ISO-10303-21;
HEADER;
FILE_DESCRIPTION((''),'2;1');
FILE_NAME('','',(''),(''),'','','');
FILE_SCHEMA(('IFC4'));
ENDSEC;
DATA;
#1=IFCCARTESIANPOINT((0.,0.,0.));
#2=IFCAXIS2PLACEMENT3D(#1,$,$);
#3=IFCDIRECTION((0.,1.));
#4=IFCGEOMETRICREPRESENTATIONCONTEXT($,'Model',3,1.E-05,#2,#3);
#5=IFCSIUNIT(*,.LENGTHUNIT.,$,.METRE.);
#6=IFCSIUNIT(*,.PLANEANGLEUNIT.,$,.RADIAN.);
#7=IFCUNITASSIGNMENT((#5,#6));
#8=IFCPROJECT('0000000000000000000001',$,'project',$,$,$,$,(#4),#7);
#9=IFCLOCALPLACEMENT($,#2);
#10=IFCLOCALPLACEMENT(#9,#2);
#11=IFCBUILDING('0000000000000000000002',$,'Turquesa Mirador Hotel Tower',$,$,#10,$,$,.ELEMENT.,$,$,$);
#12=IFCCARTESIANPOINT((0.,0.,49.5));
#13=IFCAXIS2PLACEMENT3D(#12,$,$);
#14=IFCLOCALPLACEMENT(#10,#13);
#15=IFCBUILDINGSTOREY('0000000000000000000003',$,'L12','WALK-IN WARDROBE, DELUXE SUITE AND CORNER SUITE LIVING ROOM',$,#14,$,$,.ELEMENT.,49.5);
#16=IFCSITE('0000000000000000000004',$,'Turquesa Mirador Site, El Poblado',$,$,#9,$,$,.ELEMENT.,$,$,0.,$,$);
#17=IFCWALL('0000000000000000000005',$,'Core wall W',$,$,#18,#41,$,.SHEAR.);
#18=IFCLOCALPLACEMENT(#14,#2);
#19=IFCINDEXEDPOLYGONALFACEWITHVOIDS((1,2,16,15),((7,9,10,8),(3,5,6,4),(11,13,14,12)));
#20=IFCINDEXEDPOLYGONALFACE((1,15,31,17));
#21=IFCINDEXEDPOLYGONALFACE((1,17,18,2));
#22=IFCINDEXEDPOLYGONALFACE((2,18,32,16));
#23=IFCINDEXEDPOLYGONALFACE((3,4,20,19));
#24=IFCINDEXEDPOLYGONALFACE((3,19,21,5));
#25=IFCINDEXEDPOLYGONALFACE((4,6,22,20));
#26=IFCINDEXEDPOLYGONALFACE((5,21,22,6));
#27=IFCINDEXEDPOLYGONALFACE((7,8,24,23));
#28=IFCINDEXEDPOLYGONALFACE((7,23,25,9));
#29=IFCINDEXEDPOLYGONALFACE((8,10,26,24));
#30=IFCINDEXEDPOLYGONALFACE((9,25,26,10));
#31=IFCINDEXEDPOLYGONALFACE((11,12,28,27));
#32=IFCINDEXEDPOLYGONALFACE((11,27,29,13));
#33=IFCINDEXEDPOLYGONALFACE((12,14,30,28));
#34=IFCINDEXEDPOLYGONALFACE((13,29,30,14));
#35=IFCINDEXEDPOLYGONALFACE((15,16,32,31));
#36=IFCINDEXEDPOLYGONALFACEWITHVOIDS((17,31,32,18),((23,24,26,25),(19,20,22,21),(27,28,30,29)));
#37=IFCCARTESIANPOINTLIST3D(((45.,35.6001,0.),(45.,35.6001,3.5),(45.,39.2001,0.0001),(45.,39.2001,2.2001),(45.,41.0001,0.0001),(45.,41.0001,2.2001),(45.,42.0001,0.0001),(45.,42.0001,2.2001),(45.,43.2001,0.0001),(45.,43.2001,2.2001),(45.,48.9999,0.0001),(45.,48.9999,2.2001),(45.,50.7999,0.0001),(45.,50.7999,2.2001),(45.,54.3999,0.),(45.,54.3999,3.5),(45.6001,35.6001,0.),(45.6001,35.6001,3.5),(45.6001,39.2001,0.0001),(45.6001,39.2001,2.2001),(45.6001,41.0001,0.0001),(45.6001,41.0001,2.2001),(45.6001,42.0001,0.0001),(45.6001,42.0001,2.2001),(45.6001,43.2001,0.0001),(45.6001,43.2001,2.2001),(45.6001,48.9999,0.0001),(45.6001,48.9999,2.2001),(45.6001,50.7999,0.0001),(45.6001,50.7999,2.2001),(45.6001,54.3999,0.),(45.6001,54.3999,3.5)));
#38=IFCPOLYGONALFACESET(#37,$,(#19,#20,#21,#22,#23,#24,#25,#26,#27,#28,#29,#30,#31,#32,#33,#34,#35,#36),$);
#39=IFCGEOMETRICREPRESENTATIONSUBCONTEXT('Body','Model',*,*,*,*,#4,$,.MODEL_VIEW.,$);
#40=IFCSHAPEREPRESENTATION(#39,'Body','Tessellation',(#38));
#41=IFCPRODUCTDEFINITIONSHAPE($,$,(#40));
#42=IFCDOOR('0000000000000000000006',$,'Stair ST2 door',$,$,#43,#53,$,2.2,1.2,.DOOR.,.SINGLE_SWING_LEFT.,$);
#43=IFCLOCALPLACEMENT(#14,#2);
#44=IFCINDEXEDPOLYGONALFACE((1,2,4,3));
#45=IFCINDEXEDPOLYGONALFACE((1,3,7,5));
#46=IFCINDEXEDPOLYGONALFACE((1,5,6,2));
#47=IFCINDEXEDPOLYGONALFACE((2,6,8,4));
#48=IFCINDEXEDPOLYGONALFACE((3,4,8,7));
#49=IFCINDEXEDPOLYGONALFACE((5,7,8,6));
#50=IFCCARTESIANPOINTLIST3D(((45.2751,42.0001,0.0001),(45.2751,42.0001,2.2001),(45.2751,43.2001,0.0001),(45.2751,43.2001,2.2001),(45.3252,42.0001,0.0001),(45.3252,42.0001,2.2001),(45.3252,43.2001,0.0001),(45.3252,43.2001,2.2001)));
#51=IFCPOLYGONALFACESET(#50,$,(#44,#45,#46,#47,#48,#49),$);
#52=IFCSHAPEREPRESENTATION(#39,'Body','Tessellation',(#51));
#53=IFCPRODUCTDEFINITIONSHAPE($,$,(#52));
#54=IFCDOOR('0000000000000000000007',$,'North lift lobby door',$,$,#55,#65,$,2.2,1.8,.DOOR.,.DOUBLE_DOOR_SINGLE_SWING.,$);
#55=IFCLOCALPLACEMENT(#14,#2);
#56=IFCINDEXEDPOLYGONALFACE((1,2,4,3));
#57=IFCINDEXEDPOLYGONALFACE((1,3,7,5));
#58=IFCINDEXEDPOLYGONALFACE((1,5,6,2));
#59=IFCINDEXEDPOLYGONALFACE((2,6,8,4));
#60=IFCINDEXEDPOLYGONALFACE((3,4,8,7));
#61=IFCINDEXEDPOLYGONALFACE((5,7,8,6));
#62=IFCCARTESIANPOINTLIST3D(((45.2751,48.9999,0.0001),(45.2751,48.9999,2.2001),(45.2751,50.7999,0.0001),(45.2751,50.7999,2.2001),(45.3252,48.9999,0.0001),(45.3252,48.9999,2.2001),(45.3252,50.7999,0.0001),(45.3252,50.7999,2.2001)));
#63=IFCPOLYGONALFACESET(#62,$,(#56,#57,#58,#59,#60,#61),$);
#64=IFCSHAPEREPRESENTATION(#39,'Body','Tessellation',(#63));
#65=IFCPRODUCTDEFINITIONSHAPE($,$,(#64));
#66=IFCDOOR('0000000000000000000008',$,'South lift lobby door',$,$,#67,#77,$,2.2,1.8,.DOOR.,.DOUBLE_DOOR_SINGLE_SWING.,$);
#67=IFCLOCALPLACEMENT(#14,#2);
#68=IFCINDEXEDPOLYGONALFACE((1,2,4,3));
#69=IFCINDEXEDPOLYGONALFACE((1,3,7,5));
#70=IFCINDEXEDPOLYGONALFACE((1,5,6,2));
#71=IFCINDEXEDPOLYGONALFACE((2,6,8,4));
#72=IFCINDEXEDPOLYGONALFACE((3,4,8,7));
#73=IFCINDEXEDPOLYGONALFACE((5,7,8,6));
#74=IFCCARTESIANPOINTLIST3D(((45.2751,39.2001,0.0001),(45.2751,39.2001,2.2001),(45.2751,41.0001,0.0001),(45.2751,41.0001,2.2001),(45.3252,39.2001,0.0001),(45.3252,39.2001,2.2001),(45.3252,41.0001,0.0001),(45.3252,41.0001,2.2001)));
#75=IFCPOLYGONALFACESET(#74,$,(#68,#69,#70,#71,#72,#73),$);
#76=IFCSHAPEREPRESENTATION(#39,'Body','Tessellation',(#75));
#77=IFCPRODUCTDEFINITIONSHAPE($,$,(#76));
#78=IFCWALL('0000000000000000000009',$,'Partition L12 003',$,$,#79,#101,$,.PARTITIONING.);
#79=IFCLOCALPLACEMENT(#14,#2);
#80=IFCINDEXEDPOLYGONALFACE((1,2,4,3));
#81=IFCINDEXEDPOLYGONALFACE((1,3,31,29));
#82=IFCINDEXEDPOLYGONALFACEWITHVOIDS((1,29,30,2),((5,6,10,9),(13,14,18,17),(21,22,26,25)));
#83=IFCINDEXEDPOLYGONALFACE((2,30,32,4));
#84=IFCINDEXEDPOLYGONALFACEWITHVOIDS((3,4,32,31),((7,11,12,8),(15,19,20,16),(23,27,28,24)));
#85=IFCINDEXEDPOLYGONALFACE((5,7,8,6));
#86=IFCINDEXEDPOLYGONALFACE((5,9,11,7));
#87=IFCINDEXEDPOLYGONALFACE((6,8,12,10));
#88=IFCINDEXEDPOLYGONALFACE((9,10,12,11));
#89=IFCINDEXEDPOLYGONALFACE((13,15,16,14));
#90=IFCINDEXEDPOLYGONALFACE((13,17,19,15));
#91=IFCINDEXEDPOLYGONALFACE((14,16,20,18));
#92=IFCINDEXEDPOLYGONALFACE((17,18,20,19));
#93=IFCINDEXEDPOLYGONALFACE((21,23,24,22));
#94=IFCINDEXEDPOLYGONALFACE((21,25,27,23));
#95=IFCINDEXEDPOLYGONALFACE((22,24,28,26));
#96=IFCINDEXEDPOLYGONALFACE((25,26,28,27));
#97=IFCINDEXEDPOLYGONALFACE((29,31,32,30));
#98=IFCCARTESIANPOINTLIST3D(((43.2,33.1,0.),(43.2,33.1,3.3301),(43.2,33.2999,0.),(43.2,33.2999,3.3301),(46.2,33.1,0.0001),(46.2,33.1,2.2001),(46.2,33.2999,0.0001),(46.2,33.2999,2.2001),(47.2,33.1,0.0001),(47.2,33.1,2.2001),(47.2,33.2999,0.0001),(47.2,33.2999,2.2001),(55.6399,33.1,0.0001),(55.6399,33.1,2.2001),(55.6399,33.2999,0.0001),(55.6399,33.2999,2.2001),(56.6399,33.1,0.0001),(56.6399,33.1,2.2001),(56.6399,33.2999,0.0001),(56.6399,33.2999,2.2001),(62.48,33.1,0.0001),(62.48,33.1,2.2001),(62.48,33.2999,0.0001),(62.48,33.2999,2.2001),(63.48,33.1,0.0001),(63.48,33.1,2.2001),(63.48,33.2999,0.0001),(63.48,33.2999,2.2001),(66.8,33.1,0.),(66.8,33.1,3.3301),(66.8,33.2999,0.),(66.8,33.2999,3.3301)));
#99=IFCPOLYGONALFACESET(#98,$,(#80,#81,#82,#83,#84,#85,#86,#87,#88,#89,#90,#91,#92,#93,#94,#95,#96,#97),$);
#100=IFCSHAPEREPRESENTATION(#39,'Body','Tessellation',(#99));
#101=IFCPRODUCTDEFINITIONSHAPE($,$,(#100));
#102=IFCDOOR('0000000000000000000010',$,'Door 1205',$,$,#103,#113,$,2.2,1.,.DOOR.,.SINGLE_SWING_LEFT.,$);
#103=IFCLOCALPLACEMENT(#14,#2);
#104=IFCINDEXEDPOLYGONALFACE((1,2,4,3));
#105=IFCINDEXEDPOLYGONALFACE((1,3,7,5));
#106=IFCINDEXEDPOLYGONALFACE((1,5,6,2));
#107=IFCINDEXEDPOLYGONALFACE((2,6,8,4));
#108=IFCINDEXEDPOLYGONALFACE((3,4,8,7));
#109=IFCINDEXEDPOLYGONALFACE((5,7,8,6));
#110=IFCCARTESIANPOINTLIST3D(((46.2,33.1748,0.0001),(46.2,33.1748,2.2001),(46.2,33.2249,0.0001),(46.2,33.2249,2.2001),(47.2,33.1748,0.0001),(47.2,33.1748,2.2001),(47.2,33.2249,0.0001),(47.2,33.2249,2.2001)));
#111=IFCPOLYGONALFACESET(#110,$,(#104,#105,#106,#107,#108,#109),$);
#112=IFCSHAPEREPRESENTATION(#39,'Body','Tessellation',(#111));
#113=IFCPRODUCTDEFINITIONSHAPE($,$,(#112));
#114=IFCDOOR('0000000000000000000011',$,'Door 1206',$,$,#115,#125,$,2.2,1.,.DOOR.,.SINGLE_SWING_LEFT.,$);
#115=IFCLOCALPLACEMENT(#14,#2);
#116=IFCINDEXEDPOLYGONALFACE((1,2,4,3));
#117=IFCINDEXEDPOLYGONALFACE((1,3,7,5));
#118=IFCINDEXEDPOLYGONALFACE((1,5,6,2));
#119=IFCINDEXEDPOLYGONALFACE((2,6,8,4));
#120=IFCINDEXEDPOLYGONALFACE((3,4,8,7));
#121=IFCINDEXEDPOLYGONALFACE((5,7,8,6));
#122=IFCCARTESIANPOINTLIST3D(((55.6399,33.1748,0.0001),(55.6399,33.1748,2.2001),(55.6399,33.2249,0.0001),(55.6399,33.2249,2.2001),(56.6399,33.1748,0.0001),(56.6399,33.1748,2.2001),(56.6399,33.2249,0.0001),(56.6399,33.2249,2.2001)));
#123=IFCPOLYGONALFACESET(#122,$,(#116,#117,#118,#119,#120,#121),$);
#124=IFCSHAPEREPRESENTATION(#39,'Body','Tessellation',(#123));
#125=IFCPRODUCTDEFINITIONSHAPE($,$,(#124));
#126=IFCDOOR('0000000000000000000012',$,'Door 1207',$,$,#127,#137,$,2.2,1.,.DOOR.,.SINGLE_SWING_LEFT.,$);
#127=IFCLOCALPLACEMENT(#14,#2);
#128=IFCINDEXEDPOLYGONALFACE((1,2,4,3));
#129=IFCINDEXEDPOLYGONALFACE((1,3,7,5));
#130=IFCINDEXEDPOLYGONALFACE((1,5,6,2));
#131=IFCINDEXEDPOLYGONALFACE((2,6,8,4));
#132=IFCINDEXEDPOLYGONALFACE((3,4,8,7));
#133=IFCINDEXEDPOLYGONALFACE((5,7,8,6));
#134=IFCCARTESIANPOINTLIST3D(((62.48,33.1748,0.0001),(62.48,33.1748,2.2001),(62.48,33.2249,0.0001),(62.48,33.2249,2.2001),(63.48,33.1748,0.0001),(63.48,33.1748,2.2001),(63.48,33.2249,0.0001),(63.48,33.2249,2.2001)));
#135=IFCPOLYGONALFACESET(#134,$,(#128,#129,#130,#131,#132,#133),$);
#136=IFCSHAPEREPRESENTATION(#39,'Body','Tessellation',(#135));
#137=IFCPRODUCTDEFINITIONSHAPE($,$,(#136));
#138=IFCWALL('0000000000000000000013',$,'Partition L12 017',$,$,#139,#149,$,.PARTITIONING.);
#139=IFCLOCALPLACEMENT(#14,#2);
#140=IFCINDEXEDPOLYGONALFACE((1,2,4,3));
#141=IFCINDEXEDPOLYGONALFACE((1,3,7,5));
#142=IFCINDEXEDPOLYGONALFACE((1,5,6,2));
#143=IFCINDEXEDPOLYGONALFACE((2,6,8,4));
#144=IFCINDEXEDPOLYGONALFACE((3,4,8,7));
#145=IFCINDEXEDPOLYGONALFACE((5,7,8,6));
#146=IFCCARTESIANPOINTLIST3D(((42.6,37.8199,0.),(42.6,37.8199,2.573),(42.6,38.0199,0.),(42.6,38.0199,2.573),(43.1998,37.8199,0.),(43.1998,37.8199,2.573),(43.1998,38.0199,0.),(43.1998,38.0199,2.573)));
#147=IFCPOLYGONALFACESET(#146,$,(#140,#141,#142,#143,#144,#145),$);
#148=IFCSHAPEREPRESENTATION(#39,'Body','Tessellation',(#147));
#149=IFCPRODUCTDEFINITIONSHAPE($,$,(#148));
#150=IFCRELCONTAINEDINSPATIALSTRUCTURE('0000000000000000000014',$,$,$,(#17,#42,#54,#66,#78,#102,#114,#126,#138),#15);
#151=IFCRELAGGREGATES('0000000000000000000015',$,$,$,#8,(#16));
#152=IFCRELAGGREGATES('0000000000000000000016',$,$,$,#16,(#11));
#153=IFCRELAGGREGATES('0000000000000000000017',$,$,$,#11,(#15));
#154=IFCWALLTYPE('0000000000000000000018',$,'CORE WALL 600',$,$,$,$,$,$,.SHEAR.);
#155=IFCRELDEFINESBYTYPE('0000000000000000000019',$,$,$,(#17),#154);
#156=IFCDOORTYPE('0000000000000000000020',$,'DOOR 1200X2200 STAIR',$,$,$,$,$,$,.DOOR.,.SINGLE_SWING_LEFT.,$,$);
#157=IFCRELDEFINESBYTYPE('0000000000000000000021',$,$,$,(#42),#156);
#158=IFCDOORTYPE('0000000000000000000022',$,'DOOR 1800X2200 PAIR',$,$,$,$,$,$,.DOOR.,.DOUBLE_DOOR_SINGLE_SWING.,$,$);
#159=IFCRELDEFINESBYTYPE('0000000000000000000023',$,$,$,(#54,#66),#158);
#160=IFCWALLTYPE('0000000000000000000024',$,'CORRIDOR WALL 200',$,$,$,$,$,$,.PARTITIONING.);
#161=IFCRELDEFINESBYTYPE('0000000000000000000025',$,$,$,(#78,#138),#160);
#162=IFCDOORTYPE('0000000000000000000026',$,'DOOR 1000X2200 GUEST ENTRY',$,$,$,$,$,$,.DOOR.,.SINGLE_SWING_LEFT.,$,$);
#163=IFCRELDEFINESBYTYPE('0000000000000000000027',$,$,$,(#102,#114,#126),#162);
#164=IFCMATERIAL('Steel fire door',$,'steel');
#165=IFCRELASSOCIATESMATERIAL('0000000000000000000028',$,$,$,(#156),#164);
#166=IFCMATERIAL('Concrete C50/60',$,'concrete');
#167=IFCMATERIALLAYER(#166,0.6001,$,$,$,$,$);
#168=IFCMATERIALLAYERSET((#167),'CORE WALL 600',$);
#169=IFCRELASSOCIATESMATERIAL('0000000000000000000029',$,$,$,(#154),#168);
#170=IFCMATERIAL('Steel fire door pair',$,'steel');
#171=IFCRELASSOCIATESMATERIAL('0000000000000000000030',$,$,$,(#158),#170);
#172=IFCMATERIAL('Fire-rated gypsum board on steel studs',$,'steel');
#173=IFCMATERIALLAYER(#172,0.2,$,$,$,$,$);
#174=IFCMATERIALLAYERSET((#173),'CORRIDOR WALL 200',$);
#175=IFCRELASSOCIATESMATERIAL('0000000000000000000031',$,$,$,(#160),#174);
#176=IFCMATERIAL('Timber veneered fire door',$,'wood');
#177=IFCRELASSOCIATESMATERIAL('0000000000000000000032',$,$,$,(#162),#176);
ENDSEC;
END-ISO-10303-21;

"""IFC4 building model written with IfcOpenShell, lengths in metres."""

from ifc_helpers import new_model, si_unit, direction, frame, frame_2d, origin, place, context, subcontext, project, spatial, rectangle, extrude, material, layer, layer_set, type_object, element, fill, save


model = new_model("IFC4")

# Units and contexts
model_context = context("Model", 3, precision=1e-05, world=origin(), true_north=direction((0.0, 1.0)))
body_context = subcontext(model_context, "Body", "Model", "MODEL_VIEW")
ifc_project = project(units=[si_unit("LENGTHUNIT", "METRE"), si_unit("PLANEANGLEUNIT", "RADIAN")], contexts=[model_context])

# Site, building, storey
site_placement = place(None, origin())
site = spatial("IfcSite", under=ifc_project, at=site_placement, Name="Turquesa Mirador Site, El Poblado", CompositionType="ELEMENT", RefElevation=0.0)
building_placement = place(site_placement, origin())
building = spatial("IfcBuilding", under=site, at=building_placement, Name="Turquesa Mirador Hotel Tower", CompositionType="ELEMENT")
storey_placement = place(building_placement, frame((0.0, 0.0, 49.5)))
storey = spatial("IfcBuildingStorey", under=building, at=storey_placement, Name="L12", Description="WALK-IN WARDROBE, DELUXE SUITE AND CORNER SUITE LIVING ROOM", CompositionType="ELEMENT", Elevation=49.5)

# Shared definitions
ifc_material_1 = material(Name="Steel fire door", Category="steel")
door_type_1 = type_object("IfcDoorType", Name="DOOR 1200X2200 STAIR", OperationType="SINGLE_SWING_LEFT", PredefinedType="DOOR", material=ifc_material_1)

# Shared definitions
ifc_material_2 = material(Name="Concrete C50/60", Category="concrete")
ifc_layer_1 = layer(ifc_material_2, 0.6001)
ifc_layer_set_1 = layer_set([ifc_layer_1], Name="CORE WALL 600")
wall_type_1 = type_object("IfcWallType", Name="CORE WALL 600", PredefinedType="SHEAR", material=ifc_layer_set_1)

# Walls, openings, doors
wall_1_placement = place(storey_placement, frame((45.3, 35.6001, 0.0), z_axis=(0.0, 0.0, 1.0), x_axis=(0.0, 1.0, 0.0)))
wall_1 = element("IfcWall", 1, at=wall_1_placement, inside=storey, type_object=wall_type_1, Name="Core wall W", PredefinedType="SHEAR", context=body_context, shape_type="SweptSolid", body=[
    extrude(rectangle(XDim=18.7998, YDim=0.6001, at=frame_2d((9.3999, 0.0))), origin(), (0.0, 0.0, 1.0), 3.5),
])
opening_1_placement = place(wall_1_placement, frame((13.3999, 0.0, 0.0)))
opening_1 = element("IfcOpeningElement", 2, at=opening_1_placement, cuts=wall_1, PredefinedType="OPENING", context=body_context, shape_type="SweptSolid", body=[
    extrude(rectangle(XDim=1.8, YDim=2.2, at=frame_2d((0.8999, 1.1001))), frame((0.0, 0.3101, 0.0), z_axis=(0.0, -1.0, 0.0), x_axis=(1.0, 0.0, 0.0)), (0.0, 0.0, 1.0), 0.6201),
])
opening_2_placement = place(wall_1_placement, frame((3.6001, 0.0, 0.0)))
opening_2 = element("IfcOpeningElement", 3, at=opening_2_placement, cuts=wall_1, PredefinedType="OPENING", context=body_context, shape_type="SweptSolid", body=[
    extrude(rectangle(XDim=1.8, YDim=2.2, at=frame_2d((0.8999, 1.1001))), frame((0.0, 0.3101, 0.0), z_axis=(0.0, -1.0, 0.0), x_axis=(1.0, 0.0, 0.0)), (0.0, 0.0, 1.0), 0.6201),
])
opening_3_placement = place(wall_1_placement, frame((6.3999, 0.0, 0.0)))
opening_3 = element("IfcOpeningElement", 4, at=opening_3_placement, cuts=wall_1, PredefinedType="OPENING", context=body_context, shape_type="SweptSolid", body=[
    extrude(rectangle(XDim=1.2, YDim=2.2, at=frame_2d((0.6001, 1.1001))), frame((0.0, 0.3101, 0.0), z_axis=(0.0, -1.0, 0.0), x_axis=(1.0, 0.0, 0.0)), (0.0, 0.0, 1.0), 0.6201),
])
door_1_placement = place(opening_3_placement, origin())
door_1 = element("IfcDoor", 5, at=door_1_placement, inside=storey, type_object=door_type_1, Name="Stair ST2 door", OperationType="SINGLE_SWING_LEFT", OverallHeight=2.2, OverallWidth=1.2, PredefinedType="DOOR", context=body_context, shape_type="SweptSolid", body=[
    extrude(rectangle(XDim=1.2, YDim=2.2, at=frame_2d((0.6001, 1.1001))), frame((0.0, 0.0249, 0.0), z_axis=(0.0, -1.0, 0.0), x_axis=(1.0, 0.0, 0.0)), (0.0, 0.0, 1.0), 0.05),
])
fill(opening_3, door_1)
ifc_material_3 = material(Name="Steel fire door pair", Category="steel")
door_type_2 = type_object("IfcDoorType", Name="DOOR 1800X2200 PAIR", OperationType="DOUBLE_DOOR_SINGLE_SWING", PredefinedType="DOOR", material=ifc_material_3)
door_2_placement = place(opening_1_placement, origin())
door_2 = element("IfcDoor", 6, at=door_2_placement, inside=storey, type_object=door_type_2, Name="North lift lobby door", OperationType="DOUBLE_DOOR_SINGLE_SWING", OverallHeight=2.2, OverallWidth=1.8, PredefinedType="DOOR", context=body_context, shape_type="SweptSolid", body=[
    extrude(rectangle(XDim=1.8, YDim=2.2, at=frame_2d((0.8999, 1.1001))), frame((0.0, 0.0249, 0.0), z_axis=(0.0, -1.0, 0.0), x_axis=(1.0, 0.0, 0.0)), (0.0, 0.0, 1.0), 0.05),
])
fill(opening_1, door_2)
door_3_placement = place(opening_2_placement, origin())
door_3 = element("IfcDoor", 7, at=door_3_placement, inside=storey, type_object=door_type_2, Name="South lift lobby door", OperationType="DOUBLE_DOOR_SINGLE_SWING", OverallHeight=2.2, OverallWidth=1.8, PredefinedType="DOOR", context=body_context, shape_type="SweptSolid", body=[
    extrude(rectangle(XDim=1.8, YDim=2.2, at=frame_2d((0.8999, 1.1001))), frame((0.0, 0.0249, 0.0), z_axis=(0.0, -1.0, 0.0), x_axis=(1.0, 0.0, 0.0)), (0.0, 0.0, 1.0), 0.05),
])
fill(opening_2, door_3)
ifc_material_4 = material(Name="Fire-rated gypsum board on steel studs", Category="steel")
ifc_layer_2 = layer(ifc_material_4, 0.2)
ifc_layer_set_2 = layer_set([ifc_layer_2], Name="CORRIDOR WALL 200")
wall_type_2 = type_object("IfcWallType", Name="CORRIDOR WALL 200", PredefinedType="PARTITIONING", material=ifc_layer_set_2)
wall_2_placement = place(storey_placement, frame((43.2, 33.2, 0.0), z_axis=(0.0, 0.0, 1.0), x_axis=(1.0, 0.0, 0.0)))
wall_2 = element("IfcWall", 8, at=wall_2_placement, inside=storey, type_object=wall_type_2, Name="Partition L12 003", PredefinedType="PARTITIONING", context=body_context, shape_type="SweptSolid", body=[
    extrude(rectangle(XDim=23.6001, YDim=0.2, at=frame_2d((11.8, 0.0))), origin(), (0.0, 0.0, 1.0), 3.3301),
])
opening_4_placement = place(wall_2_placement, frame((3.0, 0.0, 0.0)))
opening_4 = element("IfcOpeningElement", 9, at=opening_4_placement, cuts=wall_2, PredefinedType="OPENING", context=body_context, shape_type="SweptSolid", body=[
    extrude(rectangle(XDim=1.0, YDim=2.2, at=frame_2d((0.5, 1.1001))), frame((0.0, 0.1099, 0.0), z_axis=(0.0, -1.0, 0.0), x_axis=(1.0, 0.0, 0.0)), (0.0, 0.0, 1.0), 0.22),
])
opening_5_placement = place(wall_2_placement, frame((12.4399, 0.0, 0.0)))
opening_5 = element("IfcOpeningElement", 10, at=opening_5_placement, cuts=wall_2, PredefinedType="OPENING", context=body_context, shape_type="SweptSolid", body=[
    extrude(rectangle(XDim=1.0, YDim=2.2, at=frame_2d((0.5, 1.1001))), frame((0.0, 0.1099, 0.0), z_axis=(0.0, -1.0, 0.0), x_axis=(1.0, 0.0, 0.0)), (0.0, 0.0, 1.0), 0.22),
])
opening_6_placement = place(wall_2_placement, frame((19.28, 0.0, 0.0)))
opening_6 = element("IfcOpeningElement", 11, at=opening_6_placement, cuts=wall_2, PredefinedType="OPENING", context=body_context, shape_type="SweptSolid", body=[
    extrude(rectangle(XDim=1.0, YDim=2.2, at=frame_2d((0.5, 1.1001))), frame((0.0, 0.1099, 0.0), z_axis=(0.0, -1.0, 0.0), x_axis=(1.0, 0.0, 0.0)), (0.0, 0.0, 1.0), 0.22),
])
ifc_material_5 = material(Name="Timber veneered fire door", Category="wood")
door_type_3 = type_object("IfcDoorType", Name="DOOR 1000X2200 GUEST ENTRY", OperationType="SINGLE_SWING_LEFT", PredefinedType="DOOR", material=ifc_material_5)
door_4_placement = place(opening_4_placement, origin())
door_4 = element("IfcDoor", 12, at=door_4_placement, inside=storey, type_object=door_type_3, Name="Door 1205", OperationType="SINGLE_SWING_LEFT", OverallHeight=2.2, OverallWidth=1.0, PredefinedType="DOOR", context=body_context, shape_type="SweptSolid", body=[
    extrude(rectangle(XDim=1.0, YDim=2.2, at=frame_2d((0.5, 1.1001))), frame((0.0, 0.0249, 0.0), z_axis=(0.0, -1.0, 0.0), x_axis=(1.0, 0.0, 0.0)), (0.0, 0.0, 1.0), 0.05),
])
fill(opening_4, door_4)
door_5_placement = place(opening_5_placement, origin())
door_5 = element("IfcDoor", 13, at=door_5_placement, inside=storey, type_object=door_type_3, Name="Door 1206", OperationType="SINGLE_SWING_LEFT", OverallHeight=2.2, OverallWidth=1.0, PredefinedType="DOOR", context=body_context, shape_type="SweptSolid", body=[
    extrude(rectangle(XDim=1.0, YDim=2.2, at=frame_2d((0.5, 1.1001))), frame((0.0, 0.0249, 0.0), z_axis=(0.0, -1.0, 0.0), x_axis=(1.0, 0.0, 0.0)), (0.0, 0.0, 1.0), 0.05),
])
fill(opening_5, door_5)
door_6_placement = place(opening_6_placement, origin())
door_6 = element("IfcDoor", 14, at=door_6_placement, inside=storey, type_object=door_type_3, Name="Door 1207", OperationType="SINGLE_SWING_LEFT", OverallHeight=2.2, OverallWidth=1.0, PredefinedType="DOOR", context=body_context, shape_type="SweptSolid", body=[
    extrude(rectangle(XDim=1.0, YDim=2.2, at=frame_2d((0.5, 1.1001))), frame((0.0, 0.0249, 0.0), z_axis=(0.0, -1.0, 0.0), x_axis=(1.0, 0.0, 0.0)), (0.0, 0.0, 1.0), 0.05),
])
fill(opening_6, door_6)

# Wall
wall_3_placement = place(storey_placement, frame((42.6001, 37.9199, 0.0), z_axis=(0.0, 0.0, 1.0), x_axis=(1.0, 0.0, 0.0)))
element("IfcWall", 15, at=wall_3_placement, inside=storey, type_object=wall_type_2, Name="Partition L12 017", PredefinedType="PARTITIONING", context=body_context, shape_type="SweptSolid", body=[
    extrude(rectangle(XDim=0.5999, YDim=0.2, at=frame_2d((0.2998, 0.0))), origin(), (0.0, 0.0, 1.0), 2.573),
])

save(model, "model.ifc")
